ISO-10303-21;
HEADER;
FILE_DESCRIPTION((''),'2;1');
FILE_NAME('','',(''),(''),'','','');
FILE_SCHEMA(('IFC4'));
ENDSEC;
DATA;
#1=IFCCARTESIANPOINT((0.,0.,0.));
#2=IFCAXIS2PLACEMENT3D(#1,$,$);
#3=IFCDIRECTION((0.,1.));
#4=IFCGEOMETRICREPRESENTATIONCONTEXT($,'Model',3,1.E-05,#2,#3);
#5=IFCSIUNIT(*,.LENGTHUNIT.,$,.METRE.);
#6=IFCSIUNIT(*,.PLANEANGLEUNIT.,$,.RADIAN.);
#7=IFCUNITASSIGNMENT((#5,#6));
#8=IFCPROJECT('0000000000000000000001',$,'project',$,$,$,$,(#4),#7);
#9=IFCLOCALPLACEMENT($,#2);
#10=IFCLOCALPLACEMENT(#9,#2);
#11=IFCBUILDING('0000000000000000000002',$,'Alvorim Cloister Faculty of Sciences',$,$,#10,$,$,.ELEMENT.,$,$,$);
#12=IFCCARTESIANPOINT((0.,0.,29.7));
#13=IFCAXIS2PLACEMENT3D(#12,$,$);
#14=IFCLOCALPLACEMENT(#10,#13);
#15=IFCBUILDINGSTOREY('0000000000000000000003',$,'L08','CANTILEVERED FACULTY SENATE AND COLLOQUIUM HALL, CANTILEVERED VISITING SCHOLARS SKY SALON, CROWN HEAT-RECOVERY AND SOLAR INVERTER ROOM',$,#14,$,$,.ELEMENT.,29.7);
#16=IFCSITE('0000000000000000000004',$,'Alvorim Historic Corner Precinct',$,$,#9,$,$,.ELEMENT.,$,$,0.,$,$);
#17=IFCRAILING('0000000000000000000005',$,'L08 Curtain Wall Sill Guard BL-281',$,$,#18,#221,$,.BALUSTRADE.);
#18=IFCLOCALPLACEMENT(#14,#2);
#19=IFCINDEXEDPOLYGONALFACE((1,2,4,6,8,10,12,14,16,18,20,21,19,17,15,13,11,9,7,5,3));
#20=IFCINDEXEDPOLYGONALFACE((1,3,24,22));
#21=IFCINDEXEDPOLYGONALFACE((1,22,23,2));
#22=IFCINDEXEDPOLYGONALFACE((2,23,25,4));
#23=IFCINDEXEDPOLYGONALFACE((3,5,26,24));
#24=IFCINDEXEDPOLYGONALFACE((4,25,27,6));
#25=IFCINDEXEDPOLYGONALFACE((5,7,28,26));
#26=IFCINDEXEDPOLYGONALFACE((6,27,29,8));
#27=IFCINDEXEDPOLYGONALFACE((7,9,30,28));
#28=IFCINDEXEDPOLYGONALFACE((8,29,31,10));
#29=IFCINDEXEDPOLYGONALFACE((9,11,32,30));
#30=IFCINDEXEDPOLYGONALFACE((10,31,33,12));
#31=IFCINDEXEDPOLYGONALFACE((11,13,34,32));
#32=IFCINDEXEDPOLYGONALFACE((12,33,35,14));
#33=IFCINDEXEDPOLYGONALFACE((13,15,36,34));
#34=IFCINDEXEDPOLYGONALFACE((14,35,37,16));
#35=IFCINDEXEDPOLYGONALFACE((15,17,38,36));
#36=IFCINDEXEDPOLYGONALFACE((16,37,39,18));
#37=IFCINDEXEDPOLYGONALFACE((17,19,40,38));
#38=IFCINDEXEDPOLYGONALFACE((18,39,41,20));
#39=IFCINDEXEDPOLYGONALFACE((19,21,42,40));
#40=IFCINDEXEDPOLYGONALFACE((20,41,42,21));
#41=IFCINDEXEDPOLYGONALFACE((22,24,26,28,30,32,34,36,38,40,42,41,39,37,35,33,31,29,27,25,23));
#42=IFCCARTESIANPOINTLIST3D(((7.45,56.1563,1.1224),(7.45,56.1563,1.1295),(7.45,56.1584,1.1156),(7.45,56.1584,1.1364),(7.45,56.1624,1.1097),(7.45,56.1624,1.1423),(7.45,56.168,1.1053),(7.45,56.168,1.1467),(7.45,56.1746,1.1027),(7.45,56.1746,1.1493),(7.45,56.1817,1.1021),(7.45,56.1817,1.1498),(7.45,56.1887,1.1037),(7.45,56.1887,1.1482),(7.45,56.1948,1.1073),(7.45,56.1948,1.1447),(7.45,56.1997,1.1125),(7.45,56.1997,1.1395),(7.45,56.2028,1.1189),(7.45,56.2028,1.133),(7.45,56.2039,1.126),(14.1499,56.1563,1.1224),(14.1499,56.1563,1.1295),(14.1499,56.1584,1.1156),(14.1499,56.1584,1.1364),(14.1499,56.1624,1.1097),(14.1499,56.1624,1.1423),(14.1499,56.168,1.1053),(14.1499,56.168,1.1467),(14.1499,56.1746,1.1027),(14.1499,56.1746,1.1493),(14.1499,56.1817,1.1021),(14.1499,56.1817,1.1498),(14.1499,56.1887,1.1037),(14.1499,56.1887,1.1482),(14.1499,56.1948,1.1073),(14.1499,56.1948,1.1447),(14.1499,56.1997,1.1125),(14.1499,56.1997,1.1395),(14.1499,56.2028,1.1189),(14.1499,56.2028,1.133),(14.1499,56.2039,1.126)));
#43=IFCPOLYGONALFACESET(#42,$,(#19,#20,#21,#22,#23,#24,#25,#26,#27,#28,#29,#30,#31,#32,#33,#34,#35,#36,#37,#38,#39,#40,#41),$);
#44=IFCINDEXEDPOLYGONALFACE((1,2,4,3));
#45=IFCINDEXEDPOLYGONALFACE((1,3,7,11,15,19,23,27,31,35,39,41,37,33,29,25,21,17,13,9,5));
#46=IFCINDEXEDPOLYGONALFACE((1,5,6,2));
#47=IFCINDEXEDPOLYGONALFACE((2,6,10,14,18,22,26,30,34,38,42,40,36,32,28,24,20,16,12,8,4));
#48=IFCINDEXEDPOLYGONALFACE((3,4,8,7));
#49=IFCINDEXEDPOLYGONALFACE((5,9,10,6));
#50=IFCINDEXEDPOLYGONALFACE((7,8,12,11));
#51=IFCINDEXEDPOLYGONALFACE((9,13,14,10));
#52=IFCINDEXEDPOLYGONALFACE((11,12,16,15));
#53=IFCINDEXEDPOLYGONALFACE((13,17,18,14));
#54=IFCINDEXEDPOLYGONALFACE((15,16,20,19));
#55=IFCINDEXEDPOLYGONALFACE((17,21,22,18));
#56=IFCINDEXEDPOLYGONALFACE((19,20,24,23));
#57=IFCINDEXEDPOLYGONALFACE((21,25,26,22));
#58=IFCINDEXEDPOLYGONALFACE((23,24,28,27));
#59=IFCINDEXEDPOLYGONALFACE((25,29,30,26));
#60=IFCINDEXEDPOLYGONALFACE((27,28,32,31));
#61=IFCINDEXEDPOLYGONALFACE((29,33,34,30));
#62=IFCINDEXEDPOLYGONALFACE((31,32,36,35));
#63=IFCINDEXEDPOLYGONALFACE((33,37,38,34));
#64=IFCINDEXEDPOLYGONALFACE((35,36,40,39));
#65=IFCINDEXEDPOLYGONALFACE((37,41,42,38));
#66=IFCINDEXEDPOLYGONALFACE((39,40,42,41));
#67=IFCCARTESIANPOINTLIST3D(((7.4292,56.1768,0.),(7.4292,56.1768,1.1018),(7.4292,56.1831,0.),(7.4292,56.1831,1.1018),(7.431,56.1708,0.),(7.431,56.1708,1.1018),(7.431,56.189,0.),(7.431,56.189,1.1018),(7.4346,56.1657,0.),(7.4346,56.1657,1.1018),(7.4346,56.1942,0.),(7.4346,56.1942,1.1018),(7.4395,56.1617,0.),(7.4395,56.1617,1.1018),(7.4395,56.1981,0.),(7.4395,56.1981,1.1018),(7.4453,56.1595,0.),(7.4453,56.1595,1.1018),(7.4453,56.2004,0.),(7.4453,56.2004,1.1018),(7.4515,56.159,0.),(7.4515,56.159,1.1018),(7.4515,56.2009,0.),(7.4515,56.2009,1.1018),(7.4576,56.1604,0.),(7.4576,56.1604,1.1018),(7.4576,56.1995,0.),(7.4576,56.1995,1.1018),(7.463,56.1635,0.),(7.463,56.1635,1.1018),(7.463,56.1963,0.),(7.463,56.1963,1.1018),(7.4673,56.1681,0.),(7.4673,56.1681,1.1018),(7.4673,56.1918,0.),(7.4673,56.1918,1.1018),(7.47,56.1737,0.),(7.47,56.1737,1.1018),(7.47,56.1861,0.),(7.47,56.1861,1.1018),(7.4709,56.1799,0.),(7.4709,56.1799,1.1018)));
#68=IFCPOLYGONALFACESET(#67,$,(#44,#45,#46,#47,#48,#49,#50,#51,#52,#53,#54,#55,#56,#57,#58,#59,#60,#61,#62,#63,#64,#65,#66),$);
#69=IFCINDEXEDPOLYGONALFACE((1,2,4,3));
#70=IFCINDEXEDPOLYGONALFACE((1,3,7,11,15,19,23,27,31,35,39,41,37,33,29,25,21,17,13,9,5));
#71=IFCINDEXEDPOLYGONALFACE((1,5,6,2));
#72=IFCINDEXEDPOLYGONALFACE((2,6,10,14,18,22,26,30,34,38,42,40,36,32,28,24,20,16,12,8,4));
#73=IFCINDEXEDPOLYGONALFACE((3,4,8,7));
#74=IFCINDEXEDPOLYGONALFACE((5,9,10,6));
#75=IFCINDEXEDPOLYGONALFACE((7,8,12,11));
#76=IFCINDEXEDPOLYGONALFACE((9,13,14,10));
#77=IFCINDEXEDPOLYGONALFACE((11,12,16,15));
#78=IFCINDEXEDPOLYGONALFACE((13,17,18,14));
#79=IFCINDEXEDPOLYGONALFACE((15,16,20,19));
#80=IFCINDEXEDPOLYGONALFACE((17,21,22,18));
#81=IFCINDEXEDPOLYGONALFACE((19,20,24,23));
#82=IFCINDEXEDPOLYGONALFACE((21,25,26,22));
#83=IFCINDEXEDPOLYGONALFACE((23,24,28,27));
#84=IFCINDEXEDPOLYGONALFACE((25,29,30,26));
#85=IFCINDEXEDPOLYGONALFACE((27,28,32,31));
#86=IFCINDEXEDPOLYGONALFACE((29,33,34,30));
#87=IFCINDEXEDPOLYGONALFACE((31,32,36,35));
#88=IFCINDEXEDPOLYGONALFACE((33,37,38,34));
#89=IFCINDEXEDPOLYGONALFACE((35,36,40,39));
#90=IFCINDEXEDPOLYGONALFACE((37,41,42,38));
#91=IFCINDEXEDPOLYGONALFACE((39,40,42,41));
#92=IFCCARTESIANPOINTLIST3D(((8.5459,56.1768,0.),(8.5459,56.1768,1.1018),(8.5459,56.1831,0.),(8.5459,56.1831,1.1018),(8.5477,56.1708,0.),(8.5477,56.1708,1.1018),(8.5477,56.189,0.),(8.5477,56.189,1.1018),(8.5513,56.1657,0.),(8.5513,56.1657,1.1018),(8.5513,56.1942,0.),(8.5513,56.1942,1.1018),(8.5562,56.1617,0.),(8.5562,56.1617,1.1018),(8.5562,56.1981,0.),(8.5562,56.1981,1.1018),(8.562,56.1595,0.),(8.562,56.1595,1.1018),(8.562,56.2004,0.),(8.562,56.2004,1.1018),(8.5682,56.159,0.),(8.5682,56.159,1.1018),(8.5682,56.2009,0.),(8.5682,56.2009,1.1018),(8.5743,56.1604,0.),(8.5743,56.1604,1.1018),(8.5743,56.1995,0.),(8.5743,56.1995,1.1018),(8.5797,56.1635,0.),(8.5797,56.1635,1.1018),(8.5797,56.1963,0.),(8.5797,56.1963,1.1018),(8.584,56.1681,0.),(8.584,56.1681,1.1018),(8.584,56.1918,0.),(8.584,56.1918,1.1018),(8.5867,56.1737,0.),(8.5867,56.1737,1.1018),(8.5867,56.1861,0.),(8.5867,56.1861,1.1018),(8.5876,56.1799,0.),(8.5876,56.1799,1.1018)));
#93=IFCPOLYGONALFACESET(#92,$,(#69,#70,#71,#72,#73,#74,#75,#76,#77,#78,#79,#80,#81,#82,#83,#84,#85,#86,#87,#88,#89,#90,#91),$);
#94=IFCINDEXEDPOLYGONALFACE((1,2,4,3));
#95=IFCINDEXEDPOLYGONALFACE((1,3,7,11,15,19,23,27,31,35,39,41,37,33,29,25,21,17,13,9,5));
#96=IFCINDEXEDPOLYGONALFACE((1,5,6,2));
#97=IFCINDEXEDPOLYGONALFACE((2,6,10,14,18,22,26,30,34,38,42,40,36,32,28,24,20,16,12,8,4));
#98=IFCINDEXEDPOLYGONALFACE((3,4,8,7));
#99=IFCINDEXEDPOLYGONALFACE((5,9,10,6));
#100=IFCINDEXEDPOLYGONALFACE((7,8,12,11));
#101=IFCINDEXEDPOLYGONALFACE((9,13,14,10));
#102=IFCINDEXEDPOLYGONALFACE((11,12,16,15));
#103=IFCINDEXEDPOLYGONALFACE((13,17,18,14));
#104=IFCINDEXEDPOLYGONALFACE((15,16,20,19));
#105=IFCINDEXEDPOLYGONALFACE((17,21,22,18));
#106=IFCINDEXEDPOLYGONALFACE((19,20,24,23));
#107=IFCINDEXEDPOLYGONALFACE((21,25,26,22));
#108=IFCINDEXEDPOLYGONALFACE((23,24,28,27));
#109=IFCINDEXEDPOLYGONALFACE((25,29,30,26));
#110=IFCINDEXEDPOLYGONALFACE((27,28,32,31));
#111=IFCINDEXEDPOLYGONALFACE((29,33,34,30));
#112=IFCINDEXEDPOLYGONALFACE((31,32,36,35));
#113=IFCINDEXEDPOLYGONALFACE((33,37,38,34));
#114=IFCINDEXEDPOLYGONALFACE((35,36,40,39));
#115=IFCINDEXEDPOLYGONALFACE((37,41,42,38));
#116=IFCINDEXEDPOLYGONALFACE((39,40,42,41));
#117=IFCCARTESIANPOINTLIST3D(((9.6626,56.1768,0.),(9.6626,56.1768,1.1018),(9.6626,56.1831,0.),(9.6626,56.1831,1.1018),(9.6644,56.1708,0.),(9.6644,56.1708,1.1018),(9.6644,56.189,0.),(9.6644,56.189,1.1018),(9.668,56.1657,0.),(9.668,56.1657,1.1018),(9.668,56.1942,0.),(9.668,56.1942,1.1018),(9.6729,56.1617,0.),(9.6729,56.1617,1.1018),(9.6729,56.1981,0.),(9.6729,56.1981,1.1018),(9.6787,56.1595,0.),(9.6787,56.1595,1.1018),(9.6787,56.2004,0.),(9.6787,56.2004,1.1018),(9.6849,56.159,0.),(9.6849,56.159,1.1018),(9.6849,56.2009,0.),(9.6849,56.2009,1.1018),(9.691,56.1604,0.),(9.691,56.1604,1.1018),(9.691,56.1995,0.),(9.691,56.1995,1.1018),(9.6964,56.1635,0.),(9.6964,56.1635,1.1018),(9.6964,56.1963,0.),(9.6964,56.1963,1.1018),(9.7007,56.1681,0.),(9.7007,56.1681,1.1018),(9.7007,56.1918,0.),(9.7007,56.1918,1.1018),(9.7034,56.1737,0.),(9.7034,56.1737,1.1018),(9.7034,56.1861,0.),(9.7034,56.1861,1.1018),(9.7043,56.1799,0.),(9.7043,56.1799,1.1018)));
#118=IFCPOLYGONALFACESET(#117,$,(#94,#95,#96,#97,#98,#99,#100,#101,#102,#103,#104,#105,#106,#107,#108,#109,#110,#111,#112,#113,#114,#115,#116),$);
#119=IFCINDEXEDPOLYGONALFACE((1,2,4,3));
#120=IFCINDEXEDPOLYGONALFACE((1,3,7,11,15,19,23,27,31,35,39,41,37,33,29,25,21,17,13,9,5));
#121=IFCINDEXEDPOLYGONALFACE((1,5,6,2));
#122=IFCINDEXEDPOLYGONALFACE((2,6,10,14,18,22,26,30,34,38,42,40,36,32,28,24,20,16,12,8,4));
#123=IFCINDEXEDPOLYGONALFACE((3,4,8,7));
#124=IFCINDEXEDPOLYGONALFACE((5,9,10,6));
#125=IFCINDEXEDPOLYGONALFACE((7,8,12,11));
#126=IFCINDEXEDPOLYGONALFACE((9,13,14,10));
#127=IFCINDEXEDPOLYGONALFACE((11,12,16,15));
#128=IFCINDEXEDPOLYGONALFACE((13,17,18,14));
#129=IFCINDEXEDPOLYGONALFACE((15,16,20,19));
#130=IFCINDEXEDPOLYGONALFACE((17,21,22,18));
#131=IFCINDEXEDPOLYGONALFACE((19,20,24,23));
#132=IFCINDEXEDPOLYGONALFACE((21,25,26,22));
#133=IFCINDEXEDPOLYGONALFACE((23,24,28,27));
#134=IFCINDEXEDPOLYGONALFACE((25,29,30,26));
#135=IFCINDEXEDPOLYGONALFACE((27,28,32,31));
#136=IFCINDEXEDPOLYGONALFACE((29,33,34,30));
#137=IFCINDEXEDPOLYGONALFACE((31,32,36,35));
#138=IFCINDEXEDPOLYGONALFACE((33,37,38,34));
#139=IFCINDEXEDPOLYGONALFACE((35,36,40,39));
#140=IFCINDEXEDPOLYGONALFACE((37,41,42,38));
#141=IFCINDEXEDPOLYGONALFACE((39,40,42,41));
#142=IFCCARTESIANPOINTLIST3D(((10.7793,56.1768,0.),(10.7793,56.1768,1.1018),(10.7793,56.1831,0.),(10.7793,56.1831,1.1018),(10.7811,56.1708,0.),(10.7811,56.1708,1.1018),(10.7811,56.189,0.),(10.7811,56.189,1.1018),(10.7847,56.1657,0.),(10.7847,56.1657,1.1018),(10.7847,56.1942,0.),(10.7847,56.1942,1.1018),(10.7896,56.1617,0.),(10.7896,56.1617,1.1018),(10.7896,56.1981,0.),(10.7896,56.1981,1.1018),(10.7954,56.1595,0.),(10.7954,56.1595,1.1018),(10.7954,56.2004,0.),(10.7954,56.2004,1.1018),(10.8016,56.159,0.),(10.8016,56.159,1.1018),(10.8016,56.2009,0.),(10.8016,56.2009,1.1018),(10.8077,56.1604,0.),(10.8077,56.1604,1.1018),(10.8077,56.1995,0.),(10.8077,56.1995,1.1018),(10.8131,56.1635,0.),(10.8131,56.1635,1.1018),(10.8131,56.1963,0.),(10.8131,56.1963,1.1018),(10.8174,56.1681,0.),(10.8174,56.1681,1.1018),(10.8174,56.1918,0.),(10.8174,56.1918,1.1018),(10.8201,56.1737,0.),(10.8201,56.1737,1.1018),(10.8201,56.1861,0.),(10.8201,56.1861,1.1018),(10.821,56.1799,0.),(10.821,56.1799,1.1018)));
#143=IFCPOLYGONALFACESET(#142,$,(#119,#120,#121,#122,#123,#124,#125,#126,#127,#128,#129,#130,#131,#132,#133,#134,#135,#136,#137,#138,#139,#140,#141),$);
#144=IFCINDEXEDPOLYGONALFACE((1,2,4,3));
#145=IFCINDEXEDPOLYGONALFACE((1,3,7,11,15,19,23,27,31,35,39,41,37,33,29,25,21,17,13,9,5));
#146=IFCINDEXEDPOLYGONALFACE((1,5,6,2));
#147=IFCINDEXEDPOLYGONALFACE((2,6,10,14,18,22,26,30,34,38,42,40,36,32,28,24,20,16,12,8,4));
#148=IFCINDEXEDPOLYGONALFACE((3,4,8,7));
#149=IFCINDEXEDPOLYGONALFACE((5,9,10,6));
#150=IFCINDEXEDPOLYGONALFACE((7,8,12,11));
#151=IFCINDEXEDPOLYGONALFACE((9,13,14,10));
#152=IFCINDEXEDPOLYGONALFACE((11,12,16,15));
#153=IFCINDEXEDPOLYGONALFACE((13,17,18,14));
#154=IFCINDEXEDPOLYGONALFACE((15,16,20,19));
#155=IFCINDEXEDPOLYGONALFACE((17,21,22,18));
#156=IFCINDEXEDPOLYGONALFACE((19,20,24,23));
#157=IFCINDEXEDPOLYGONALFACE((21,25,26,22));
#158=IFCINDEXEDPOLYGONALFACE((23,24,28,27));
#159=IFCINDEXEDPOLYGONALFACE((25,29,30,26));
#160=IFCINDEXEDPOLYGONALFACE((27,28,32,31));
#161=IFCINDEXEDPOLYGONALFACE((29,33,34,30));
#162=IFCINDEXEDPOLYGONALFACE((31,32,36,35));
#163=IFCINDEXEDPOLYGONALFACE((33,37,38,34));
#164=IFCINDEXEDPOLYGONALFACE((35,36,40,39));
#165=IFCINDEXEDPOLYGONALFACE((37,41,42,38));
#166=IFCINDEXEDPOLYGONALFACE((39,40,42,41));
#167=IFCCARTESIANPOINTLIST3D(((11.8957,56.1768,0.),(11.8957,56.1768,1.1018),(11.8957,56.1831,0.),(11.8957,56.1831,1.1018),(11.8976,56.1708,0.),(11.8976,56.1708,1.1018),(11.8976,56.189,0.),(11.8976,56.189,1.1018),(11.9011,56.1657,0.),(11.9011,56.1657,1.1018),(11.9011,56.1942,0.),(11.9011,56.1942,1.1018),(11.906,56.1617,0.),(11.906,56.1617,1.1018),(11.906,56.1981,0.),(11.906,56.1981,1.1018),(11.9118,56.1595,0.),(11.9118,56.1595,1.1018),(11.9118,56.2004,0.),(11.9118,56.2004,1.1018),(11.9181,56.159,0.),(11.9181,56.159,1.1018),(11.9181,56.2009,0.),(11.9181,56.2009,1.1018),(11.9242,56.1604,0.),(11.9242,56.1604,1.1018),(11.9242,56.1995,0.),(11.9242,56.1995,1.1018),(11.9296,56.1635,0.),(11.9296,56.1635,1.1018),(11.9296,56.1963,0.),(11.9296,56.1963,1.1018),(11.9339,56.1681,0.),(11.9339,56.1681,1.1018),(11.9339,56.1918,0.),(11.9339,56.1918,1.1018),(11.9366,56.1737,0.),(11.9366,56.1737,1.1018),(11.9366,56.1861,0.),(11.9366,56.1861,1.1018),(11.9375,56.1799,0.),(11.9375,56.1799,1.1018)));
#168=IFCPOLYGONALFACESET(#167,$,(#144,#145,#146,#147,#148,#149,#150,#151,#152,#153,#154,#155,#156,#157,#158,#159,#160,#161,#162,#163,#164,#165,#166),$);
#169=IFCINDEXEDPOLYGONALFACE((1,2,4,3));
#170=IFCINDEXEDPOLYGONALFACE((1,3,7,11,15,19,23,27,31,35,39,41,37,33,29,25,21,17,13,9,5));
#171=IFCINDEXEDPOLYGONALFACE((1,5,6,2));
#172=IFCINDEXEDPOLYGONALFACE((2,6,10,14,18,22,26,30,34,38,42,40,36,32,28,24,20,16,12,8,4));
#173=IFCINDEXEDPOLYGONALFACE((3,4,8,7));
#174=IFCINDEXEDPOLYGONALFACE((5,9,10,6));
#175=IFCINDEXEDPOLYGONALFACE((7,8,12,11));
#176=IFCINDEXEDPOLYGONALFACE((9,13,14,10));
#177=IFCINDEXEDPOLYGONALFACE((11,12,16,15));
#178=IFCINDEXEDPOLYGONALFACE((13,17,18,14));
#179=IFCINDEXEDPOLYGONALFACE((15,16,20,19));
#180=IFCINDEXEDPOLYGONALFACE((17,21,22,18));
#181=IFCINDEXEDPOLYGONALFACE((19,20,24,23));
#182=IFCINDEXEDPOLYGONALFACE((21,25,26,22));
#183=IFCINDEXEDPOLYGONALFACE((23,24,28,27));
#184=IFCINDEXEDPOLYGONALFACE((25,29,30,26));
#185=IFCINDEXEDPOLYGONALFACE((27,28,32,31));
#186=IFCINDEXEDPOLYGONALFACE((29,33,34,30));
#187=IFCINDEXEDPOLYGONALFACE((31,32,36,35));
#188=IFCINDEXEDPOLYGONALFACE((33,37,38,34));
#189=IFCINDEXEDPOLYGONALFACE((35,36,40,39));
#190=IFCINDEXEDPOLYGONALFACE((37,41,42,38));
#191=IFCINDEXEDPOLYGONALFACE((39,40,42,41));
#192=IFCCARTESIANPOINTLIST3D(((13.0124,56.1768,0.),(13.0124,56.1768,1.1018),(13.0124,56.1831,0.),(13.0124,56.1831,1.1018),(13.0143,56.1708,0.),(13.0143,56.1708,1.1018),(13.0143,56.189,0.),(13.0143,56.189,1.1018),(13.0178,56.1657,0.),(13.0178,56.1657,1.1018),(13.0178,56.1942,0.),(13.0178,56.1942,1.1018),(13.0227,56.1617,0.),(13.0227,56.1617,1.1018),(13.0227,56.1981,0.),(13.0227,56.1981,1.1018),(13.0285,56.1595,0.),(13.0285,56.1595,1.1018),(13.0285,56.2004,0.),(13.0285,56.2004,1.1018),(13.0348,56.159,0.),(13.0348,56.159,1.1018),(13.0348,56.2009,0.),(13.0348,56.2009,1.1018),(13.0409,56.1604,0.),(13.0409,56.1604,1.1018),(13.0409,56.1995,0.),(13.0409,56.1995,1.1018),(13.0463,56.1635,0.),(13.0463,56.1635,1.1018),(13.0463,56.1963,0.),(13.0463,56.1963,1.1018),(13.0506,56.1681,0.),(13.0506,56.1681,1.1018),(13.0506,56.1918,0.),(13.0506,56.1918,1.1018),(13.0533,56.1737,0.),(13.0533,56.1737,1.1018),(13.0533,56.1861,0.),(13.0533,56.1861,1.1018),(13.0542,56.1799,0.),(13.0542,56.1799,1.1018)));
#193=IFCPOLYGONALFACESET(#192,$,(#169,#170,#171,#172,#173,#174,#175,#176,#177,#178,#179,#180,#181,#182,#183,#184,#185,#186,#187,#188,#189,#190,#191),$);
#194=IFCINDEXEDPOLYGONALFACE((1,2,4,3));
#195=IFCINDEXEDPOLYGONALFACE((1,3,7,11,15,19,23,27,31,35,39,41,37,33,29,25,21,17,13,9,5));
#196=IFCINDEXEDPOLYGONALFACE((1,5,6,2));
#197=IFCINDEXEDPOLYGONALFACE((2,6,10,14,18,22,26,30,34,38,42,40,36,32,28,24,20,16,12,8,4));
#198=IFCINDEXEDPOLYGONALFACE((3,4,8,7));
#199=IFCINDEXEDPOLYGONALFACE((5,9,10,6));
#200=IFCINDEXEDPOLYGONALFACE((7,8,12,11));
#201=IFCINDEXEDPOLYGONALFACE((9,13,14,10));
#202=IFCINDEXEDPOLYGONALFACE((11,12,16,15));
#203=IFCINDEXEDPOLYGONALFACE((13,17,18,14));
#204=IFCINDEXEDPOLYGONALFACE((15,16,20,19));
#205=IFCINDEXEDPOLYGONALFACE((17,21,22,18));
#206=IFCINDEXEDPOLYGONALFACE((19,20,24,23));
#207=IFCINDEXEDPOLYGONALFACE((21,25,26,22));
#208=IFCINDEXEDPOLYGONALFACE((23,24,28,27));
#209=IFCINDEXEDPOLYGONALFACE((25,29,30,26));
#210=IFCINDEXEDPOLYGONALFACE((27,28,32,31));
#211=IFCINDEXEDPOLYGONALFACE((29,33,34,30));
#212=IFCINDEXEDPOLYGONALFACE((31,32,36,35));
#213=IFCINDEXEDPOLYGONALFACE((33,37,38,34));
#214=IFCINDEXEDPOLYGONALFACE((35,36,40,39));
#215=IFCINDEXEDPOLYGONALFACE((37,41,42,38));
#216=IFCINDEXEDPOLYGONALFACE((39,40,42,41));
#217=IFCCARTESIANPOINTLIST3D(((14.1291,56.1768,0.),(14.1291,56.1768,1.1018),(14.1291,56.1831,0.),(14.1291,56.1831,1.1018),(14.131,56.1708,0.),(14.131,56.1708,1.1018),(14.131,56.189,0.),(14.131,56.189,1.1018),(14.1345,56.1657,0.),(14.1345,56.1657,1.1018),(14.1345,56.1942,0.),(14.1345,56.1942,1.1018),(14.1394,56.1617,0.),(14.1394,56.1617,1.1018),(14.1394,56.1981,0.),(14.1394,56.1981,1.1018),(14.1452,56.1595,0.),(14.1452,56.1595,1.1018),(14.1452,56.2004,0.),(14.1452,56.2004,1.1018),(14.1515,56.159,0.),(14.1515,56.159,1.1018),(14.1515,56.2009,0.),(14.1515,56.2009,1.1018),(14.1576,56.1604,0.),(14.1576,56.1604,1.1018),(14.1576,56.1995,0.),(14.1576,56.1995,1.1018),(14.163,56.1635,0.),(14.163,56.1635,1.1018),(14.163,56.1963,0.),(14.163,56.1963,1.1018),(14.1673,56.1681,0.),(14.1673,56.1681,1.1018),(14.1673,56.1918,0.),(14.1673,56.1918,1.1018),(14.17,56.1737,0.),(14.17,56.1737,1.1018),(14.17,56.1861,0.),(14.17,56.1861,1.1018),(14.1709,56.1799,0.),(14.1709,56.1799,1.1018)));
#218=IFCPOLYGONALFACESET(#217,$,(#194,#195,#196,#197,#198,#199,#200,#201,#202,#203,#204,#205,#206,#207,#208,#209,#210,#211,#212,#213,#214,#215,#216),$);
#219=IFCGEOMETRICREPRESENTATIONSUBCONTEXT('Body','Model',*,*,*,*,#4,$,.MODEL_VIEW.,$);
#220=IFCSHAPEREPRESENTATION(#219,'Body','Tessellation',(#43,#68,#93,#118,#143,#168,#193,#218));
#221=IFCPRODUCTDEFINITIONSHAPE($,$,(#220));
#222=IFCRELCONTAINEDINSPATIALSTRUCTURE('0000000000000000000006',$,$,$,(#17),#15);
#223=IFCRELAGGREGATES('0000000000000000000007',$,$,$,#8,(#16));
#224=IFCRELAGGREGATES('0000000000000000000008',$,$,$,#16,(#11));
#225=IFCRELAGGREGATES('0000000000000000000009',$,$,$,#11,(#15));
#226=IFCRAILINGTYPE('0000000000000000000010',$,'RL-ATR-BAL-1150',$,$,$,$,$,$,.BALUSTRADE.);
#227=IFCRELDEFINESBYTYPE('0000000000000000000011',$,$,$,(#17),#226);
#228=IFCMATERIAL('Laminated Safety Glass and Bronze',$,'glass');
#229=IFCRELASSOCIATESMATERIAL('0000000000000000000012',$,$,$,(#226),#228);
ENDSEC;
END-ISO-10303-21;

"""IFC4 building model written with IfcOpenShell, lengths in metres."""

from ifc_helpers import new_model, si_unit, direction, frame, origin, origin_2d, place, context, subcontext, project, spatial, circle, extrude, material, type_object, element, save


model = new_model("IFC4")

# Units and contexts
model_context = context("Model", 3, precision=1e-05, world=origin(), true_north=direction((0.0, 1.0)))
body_context = subcontext(model_context, "Body", "Model", "MODEL_VIEW")
ifc_project = project(units=[si_unit("LENGTHUNIT", "METRE"), si_unit("PLANEANGLEUNIT", "RADIAN")], contexts=[model_context])

# Site, building, storey
site_placement = place(None, origin())
site = spatial("IfcSite", under=ifc_project, at=site_placement, Name="Alvorim Historic Corner Precinct", CompositionType="ELEMENT", RefElevation=0.0)
building_placement = place(site_placement, origin())
building = spatial("IfcBuilding", under=site, at=building_placement, Name="Alvorim Cloister Faculty of Sciences", CompositionType="ELEMENT")
storey_placement = place(building_placement, frame((0.0, 0.0, 29.7)))
storey = spatial("IfcBuildingStorey", under=building, at=storey_placement, Name="L08", Description="CANTILEVERED FACULTY SENATE AND COLLOQUIUM HALL, CANTILEVERED VISITING SCHOLARS SKY SALON, CROWN HEAT-RECOVERY AND SOLAR INVERTER ROOM", CompositionType="ELEMENT", Elevation=29.7)

# Railing
ifc_material_1 = material(Name="Laminated Safety Glass and Bronze", Category="glass")
railing_type = type_object("IfcRailingType", Name="RL-ATR-BAL-1150", PredefinedType="BALUSTRADE", material=ifc_material_1)
railing_1_placement = place(storey_placement, frame((7.45, 56.1799, 0.0)))
element("IfcRailing", 1, at=railing_1_placement, inside=storey, type_object=railing_type, Name="L08 Curtain Wall Sill Guard BL-281", PredefinedType="BALUSTRADE", context=body_context, shape_type="SweptSolid", body=[
    extrude(circle(Radius=0.0239, at=origin_2d()), frame((0.0, 0.0, 1.126), z_axis=(1.0, 0.0, 0.0), x_axis=(0.0, 1.0, 0.0)), (0.0, 0.0, 1.0), 6.7),
    extrude(circle(Radius=0.021, at=origin_2d()), origin(), (0.0, 0.0, 1.0), 1.1018),
    extrude(circle(Radius=0.021, at=origin_2d()), frame((1.1167, 0.0, 0.0)), (0.0, 0.0, 1.0), 1.1018),
    extrude(circle(Radius=0.021, at=origin_2d()), frame((2.2334, 0.0, 0.0)), (0.0, 0.0, 1.0), 1.1018),
    extrude(circle(Radius=0.021, at=origin_2d()), frame((3.3501, 0.0, 0.0)), (0.0, 0.0, 1.0), 1.1018),
    extrude(circle(Radius=0.021, at=origin_2d()), frame((4.4666, 0.0, 0.0)), (0.0, 0.0, 1.0), 1.1018),
    extrude(circle(Radius=0.021, at=origin_2d()), frame((5.5833, 0.0, 0.0)), (0.0, 0.0, 1.0), 1.1018),
    extrude(circle(Radius=0.021, at=origin_2d()), frame((6.7, 0.0, 0.0)), (0.0, 0.0, 1.0), 1.1018),
])

save(model, "model.ifc")
